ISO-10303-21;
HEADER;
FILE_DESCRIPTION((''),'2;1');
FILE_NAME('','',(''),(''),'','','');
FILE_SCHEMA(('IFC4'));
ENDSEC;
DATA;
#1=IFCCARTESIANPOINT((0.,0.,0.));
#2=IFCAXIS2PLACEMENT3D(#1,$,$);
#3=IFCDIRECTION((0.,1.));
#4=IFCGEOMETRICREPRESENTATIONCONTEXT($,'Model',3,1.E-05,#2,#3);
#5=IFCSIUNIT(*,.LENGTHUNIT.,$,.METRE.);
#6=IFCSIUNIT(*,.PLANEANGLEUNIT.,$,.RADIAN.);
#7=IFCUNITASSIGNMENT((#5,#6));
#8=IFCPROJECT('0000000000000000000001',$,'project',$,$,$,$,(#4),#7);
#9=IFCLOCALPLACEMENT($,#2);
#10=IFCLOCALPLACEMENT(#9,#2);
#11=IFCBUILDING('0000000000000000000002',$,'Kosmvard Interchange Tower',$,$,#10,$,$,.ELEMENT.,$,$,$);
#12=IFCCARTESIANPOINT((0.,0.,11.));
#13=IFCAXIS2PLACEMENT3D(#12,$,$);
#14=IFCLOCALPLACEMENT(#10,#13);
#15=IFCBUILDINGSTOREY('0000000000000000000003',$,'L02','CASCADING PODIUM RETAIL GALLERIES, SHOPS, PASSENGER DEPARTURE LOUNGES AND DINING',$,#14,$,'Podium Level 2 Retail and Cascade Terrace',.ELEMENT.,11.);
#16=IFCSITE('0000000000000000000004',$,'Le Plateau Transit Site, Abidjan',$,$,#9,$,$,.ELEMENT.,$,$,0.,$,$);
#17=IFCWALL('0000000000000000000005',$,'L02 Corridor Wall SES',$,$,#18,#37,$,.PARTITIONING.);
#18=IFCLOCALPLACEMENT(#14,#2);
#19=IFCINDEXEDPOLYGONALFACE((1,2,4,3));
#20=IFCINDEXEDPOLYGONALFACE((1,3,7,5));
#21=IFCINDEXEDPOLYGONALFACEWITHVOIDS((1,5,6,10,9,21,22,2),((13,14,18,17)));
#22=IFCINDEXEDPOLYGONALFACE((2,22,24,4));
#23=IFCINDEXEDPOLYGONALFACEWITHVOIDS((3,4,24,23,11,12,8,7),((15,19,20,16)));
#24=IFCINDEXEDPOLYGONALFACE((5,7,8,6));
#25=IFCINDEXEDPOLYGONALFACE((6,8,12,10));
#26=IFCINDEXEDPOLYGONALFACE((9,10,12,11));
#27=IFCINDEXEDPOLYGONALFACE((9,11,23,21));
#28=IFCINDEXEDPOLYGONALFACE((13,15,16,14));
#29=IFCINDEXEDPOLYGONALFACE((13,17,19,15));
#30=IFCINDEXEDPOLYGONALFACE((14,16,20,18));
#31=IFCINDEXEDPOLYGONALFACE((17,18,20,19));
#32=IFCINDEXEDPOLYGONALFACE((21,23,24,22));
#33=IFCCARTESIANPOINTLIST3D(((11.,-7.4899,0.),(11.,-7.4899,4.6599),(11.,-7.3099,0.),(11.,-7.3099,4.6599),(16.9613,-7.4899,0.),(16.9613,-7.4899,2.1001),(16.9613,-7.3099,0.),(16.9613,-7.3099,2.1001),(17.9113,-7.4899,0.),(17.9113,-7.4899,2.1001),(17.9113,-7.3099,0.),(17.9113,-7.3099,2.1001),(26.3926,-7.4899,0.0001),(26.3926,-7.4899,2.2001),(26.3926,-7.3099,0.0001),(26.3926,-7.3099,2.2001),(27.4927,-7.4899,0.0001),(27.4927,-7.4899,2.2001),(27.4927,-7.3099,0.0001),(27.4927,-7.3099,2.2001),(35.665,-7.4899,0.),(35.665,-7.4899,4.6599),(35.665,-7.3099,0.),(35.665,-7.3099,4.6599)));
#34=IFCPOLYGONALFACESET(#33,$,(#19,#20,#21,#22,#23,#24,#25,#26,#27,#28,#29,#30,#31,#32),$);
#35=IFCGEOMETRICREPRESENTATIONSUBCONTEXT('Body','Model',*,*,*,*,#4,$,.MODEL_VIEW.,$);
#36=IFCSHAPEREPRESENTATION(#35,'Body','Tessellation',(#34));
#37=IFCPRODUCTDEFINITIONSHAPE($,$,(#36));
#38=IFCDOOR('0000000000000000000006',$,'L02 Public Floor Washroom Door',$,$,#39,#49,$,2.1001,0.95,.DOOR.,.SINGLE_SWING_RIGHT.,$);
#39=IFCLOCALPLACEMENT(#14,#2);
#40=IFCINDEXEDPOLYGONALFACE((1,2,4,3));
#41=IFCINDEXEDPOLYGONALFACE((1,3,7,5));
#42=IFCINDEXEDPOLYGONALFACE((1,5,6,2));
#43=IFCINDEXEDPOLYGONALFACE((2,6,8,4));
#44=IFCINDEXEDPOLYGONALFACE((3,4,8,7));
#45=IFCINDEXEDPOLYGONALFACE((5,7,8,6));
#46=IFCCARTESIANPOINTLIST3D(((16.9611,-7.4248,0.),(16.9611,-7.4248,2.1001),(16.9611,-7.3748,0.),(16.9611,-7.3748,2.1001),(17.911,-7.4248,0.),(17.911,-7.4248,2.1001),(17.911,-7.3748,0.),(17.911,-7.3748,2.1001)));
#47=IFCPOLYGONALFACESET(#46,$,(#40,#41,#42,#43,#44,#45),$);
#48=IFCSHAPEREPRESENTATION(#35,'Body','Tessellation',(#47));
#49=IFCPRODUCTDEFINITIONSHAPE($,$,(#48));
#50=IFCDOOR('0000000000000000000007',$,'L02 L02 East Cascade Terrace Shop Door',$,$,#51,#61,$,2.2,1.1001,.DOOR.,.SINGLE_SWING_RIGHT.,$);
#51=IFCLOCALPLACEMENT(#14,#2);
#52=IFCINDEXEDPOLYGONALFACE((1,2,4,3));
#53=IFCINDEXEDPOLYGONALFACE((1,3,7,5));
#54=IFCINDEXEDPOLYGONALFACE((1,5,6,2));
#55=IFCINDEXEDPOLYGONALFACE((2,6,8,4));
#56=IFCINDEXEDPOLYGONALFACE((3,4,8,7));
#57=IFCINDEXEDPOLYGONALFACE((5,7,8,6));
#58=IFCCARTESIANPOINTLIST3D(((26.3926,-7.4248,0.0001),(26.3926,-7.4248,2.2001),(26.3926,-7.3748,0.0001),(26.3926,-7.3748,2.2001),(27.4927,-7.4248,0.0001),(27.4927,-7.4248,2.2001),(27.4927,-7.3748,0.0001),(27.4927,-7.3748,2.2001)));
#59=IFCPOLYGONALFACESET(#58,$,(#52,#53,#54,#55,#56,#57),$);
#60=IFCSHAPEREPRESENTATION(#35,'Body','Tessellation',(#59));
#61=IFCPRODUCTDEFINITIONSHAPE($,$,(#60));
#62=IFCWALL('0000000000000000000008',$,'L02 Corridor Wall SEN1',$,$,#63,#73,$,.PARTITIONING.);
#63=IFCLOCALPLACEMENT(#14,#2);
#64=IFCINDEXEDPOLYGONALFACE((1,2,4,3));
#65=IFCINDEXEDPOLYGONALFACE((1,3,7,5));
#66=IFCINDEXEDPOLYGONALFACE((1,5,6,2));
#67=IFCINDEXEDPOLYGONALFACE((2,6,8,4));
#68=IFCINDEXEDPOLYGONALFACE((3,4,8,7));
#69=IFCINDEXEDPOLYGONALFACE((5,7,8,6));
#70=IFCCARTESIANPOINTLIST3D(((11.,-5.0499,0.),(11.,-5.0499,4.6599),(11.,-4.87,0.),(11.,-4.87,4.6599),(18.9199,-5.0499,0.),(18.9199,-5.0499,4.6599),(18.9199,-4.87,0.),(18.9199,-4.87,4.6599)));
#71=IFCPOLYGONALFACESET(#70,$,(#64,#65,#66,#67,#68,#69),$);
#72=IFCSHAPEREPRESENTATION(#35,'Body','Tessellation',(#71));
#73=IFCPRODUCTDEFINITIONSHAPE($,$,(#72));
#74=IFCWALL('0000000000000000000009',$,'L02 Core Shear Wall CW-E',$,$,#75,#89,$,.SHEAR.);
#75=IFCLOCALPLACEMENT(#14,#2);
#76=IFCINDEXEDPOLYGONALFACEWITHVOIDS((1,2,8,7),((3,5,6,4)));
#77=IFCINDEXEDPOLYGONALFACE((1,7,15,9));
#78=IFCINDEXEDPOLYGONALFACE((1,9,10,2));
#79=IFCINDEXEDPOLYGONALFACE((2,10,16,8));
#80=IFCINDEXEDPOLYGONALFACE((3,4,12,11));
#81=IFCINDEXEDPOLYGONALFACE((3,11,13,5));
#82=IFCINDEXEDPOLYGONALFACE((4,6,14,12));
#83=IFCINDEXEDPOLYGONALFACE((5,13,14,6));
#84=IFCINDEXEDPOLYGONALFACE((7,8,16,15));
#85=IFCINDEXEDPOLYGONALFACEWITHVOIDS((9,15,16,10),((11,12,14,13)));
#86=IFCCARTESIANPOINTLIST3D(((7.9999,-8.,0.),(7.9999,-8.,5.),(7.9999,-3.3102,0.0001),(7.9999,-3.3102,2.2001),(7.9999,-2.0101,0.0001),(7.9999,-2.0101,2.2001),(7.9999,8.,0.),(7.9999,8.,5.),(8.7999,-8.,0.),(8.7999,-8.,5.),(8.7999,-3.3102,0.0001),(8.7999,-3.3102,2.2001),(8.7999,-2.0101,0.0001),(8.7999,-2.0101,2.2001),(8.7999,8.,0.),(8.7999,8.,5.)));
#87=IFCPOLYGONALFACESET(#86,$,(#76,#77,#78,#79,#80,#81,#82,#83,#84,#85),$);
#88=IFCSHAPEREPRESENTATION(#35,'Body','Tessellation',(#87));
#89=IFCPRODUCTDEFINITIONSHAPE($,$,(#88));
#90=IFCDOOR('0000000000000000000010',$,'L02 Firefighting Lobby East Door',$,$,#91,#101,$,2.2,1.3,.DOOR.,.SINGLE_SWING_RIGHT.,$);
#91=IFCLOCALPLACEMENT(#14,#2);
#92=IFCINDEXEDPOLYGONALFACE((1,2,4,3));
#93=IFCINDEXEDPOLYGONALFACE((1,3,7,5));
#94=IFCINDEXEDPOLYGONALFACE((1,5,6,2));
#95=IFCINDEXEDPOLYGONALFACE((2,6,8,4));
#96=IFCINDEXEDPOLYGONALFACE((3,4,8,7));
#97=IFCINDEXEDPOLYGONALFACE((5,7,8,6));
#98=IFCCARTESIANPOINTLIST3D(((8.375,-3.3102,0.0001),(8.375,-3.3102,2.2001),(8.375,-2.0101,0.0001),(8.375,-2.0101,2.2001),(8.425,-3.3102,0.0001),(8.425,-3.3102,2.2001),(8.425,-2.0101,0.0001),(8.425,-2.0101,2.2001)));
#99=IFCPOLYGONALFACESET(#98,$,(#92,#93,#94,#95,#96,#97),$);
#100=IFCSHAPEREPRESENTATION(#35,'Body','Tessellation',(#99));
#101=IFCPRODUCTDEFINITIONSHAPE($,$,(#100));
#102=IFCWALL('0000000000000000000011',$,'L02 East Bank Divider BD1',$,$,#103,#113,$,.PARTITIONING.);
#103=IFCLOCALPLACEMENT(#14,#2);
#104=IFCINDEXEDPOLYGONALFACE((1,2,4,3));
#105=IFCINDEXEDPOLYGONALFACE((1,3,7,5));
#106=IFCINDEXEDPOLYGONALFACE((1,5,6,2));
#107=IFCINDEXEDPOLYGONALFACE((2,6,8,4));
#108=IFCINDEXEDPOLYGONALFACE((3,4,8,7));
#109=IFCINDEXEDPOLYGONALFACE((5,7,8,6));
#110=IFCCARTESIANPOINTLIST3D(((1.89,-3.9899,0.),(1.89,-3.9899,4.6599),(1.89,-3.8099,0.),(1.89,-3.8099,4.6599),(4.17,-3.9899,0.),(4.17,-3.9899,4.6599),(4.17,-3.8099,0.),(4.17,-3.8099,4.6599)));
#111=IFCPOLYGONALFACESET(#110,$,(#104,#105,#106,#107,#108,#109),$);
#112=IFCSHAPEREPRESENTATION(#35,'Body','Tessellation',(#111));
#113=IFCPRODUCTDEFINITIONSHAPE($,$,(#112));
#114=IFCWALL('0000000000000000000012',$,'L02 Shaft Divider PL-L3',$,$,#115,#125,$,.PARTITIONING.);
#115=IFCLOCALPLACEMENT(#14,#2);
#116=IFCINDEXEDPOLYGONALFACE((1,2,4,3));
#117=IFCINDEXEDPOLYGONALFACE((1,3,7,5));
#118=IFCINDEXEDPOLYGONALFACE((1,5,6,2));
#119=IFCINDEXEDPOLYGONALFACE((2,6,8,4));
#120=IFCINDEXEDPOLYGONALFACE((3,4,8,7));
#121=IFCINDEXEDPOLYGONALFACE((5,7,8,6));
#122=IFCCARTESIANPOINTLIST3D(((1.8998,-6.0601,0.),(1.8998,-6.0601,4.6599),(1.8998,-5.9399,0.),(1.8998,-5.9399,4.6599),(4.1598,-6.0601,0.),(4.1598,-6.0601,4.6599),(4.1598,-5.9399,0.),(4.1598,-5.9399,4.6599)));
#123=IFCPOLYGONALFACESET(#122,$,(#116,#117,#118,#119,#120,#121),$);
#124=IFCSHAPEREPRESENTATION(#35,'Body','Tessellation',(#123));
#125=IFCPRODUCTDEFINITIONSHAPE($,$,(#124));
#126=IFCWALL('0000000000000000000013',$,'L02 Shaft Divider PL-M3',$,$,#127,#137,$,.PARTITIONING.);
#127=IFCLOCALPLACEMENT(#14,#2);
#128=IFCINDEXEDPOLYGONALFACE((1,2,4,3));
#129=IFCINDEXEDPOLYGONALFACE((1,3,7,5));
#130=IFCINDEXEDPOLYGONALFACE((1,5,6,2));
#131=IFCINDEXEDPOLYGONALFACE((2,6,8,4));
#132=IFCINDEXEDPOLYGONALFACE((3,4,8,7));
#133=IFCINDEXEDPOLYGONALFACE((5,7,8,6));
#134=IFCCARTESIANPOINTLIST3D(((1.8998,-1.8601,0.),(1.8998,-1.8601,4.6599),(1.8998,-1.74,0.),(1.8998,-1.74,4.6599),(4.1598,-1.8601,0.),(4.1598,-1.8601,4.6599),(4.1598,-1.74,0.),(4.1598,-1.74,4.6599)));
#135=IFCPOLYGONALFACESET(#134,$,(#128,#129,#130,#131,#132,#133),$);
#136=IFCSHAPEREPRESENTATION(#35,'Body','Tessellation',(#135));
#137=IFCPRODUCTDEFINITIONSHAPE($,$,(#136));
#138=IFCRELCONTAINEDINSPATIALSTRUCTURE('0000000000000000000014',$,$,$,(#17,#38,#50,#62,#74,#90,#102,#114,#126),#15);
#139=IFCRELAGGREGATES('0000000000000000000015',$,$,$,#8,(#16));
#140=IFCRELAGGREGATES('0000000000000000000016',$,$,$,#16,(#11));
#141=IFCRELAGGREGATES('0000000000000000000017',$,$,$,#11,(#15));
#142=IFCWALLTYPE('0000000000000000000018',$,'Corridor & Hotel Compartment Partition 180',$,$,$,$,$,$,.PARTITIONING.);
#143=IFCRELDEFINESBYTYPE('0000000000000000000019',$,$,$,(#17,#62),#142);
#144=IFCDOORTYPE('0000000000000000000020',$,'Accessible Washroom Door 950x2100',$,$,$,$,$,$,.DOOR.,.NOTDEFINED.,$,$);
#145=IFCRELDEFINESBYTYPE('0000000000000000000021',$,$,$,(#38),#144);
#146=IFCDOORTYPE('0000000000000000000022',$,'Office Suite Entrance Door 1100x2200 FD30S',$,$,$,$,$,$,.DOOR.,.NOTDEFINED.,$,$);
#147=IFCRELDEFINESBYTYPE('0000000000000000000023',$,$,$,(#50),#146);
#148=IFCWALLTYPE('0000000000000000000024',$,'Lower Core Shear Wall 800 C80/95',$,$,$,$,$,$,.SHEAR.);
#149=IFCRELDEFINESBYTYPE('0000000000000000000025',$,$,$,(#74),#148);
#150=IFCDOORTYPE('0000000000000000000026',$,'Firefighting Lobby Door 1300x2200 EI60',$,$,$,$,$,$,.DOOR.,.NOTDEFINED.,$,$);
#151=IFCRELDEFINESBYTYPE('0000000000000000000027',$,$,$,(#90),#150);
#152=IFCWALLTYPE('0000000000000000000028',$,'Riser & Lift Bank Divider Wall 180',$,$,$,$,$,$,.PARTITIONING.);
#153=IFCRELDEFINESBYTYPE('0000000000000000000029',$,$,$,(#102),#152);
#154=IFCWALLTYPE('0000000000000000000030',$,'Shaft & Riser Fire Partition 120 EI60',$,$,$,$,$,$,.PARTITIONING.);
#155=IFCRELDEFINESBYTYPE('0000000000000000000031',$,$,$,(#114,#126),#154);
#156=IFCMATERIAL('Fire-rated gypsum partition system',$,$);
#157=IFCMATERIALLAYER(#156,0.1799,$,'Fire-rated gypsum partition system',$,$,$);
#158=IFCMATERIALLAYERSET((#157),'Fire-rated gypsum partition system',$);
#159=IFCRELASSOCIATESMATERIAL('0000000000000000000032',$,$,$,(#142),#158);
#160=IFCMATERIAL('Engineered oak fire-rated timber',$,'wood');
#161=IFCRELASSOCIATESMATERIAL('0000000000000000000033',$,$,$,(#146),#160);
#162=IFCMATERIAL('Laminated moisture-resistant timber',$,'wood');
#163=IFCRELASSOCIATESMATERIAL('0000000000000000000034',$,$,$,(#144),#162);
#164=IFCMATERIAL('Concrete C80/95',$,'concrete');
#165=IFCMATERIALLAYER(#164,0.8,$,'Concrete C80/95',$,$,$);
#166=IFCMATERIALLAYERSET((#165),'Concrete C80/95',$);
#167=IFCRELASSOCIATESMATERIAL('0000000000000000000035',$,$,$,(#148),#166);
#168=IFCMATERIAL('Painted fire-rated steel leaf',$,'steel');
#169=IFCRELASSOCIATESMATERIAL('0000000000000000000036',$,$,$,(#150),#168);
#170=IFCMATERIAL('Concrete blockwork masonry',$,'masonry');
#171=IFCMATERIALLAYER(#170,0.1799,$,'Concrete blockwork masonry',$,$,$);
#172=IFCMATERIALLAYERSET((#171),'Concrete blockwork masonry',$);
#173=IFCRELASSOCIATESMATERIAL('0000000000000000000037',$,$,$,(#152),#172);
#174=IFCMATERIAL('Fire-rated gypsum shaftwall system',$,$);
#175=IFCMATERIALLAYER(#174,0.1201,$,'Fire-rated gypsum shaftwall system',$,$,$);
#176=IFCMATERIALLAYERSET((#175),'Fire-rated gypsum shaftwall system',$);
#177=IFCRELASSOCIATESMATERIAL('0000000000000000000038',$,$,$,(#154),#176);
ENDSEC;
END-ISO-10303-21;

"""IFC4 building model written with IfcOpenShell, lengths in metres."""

from ifc_helpers import new_model, si_unit, direction, frame, frame_2d, origin, place, context, subcontext, project, spatial, rectangle, extrude, source, transform, mapped, material, layer, layer_set, type_object, element, fill, save


model = new_model("IFC4")

# Units and contexts
model_context = context("Model", 3, precision=1e-05, world=origin(), true_north=direction((0.0, 1.0)))
body_context = subcontext(model_context, "Body", "Model", "MODEL_VIEW")
ifc_project = project(units=[si_unit("LENGTHUNIT", "METRE"), si_unit("PLANEANGLEUNIT", "RADIAN")], contexts=[model_context])

# Site, building, storey
site_placement = place(None, origin())
site = spatial("IfcSite", under=ifc_project, at=site_placement, Name="Le Plateau Transit Site, Abidjan", CompositionType="ELEMENT", RefElevation=0.0)
building_placement = place(site_placement, origin())
building = spatial("IfcBuilding", under=site, at=building_placement, Name="Kosmvard Interchange Tower", CompositionType="ELEMENT")
storey_placement = place(building_placement, frame((0.0, 0.0, 11.0)))
storey = spatial("IfcBuildingStorey", under=building, at=storey_placement, Name="L02", Description="CASCADING PODIUM RETAIL GALLERIES, SHOPS, PASSENGER DEPARTURE LOUNGES AND DINING", LongName="Podium Level 2 Retail and Cascade Terrace", CompositionType="ELEMENT", Elevation=11.0)

# Shared definitions
ifc_material_1 = material(Name="Fire-rated gypsum partition system")
ifc_layer_1 = layer(ifc_material_1, 0.1799, Name="Fire-rated gypsum partition system")
ifc_layer_set_1 = layer_set([ifc_layer_1], Name="Fire-rated gypsum partition system")
wall_type_1 = type_object("IfcWallType", Name="Corridor & Hotel Compartment Partition 180", PredefinedType="PARTITIONING", material=ifc_layer_set_1)
shared_shape_1 = source(origin(), body_context, "Body", "SweptSolid", [
    extrude(rectangle(XDim=1.1001, YDim=2.2, at=frame_2d((0.55, 1.1001))), frame((0.0, 0.0249, 0.0), z_axis=(0.0, -1.0, 0.0), x_axis=(1.0, 0.0, 0.0)), (0.0, 0.0, 1.0), 0.05),
])

# Shared definitions
ifc_material_2 = material(Name="Engineered oak fire-rated timber", Category="wood")
door_type_1 = type_object("IfcDoorType", Name="Office Suite Entrance Door 1100x2200 FD30S", OperationType="NOTDEFINED", PredefinedType="DOOR", material=ifc_material_2)

# Wall, openings, doors
wall_1_placement = place(storey_placement, frame((11.0, -7.3999, 0.0), z_axis=(0.0, 0.0, 1.0), x_axis=(1.0, 0.0, 0.0)))
wall_1 = element("IfcWall", 1, at=wall_1_placement, inside=storey, type_object=wall_type_1, Name="L02 Corridor Wall SES", PredefinedType="PARTITIONING", context=body_context, shape_type="SweptSolid", body=[
    extrude(rectangle(XDim=24.665, YDim=0.1799, at=frame_2d((12.3325, 0.0))), origin(), (0.0, 0.0, 1.0), 4.6599),
])
opening_1_placement = place(wall_1_placement, frame((5.9612, 0.0, 0.0)))
opening_1 = element("IfcOpeningElement", 2, at=opening_1_placement, cuts=wall_1, PredefinedType="OPENING", context=body_context, shape_type="SweptSolid", body=[
    extrude(rectangle(XDim=0.95, YDim=2.1001, at=frame_2d((0.4751, 1.05))), frame((0.0, 0.1001, 0.0), z_axis=(0.0, -1.0, 0.0), x_axis=(1.0, 0.0, 0.0)), (0.0, 0.0, 1.0), 0.2),
])
opening_2_placement = place(wall_1_placement, frame((15.3926, 0.0, 0.0)))
opening_2 = element("IfcOpeningElement", 3, at=opening_2_placement, cuts=wall_1, PredefinedType="OPENING", context=body_context, shape_type="SweptSolid", body=[
    extrude(rectangle(XDim=1.1001, YDim=2.2, at=frame_2d((0.55, 1.1001))), frame((0.0, 0.1001, 0.0), z_axis=(0.0, -1.0, 0.0), x_axis=(1.0, 0.0, 0.0)), (0.0, 0.0, 1.0), 0.2),
])
ifc_material_3 = material(Name="Laminated moisture-resistant timber", Category="wood")
door_type_2 = type_object("IfcDoorType", Name="Accessible Washroom Door 950x2100", OperationType="NOTDEFINED", PredefinedType="DOOR", material=ifc_material_3)
shared_shape_2 = source(origin(), body_context, "Body", "SweptSolid", [
    extrude(rectangle(XDim=0.95, YDim=2.1001, at=frame_2d((0.4751, 1.05))), frame((0.0, 0.0249, 0.0), z_axis=(0.0, -1.0, 0.0), x_axis=(1.0, 0.0, 0.0)), (0.0, 0.0, 1.0), 0.05),
])
door_1_placement = place(opening_1_placement, frame((0.95, 0.0, 0.0), z_axis=(0.0, 0.0, 1.0), x_axis=(-1.0, 0.0, 0.0)))
door_1 = element("IfcDoor", 4, at=door_1_placement, inside=storey, type_object=door_type_2, Name="L02 Public Floor Washroom Door", OperationType="SINGLE_SWING_RIGHT", OverallHeight=2.1001, OverallWidth=0.95, PredefinedType="DOOR", context=body_context, shape_type="MappedRepresentation", body=[
    mapped(shared_shape_2, transform((0.0, 0.0, 0.0), scale=1.0)),
])
fill(opening_1, door_1)
door_2_placement = place(opening_2_placement, frame((1.1001, 0.0, 0.0), z_axis=(0.0, 0.0, 1.0), x_axis=(-1.0, 0.0, 0.0)))
door_2 = element("IfcDoor", 5, at=door_2_placement, inside=storey, type_object=door_type_1, Name="L02 L02 East Cascade Terrace Shop Door", OperationType="SINGLE_SWING_RIGHT", OverallHeight=2.2, OverallWidth=1.1001, PredefinedType="DOOR", context=body_context, shape_type="MappedRepresentation", body=[
    mapped(shared_shape_1, transform((0.0, 0.0, 0.0), scale=1.0)),
])
fill(opening_2, door_2)

# Wall
wall_2_placement = place(storey_placement, frame((11.0, -4.96, 0.0), z_axis=(0.0, 0.0, 1.0), x_axis=(1.0, 0.0, 0.0)))
element("IfcWall", 6, at=wall_2_placement, inside=storey, type_object=wall_type_1, Name="L02 Corridor Wall SEN1", PredefinedType="PARTITIONING", context=body_context, shape_type="SweptSolid", body=[
    extrude(rectangle(XDim=7.9199, YDim=0.1799, at=frame_2d((3.96, 0.0))), origin(), (0.0, 0.0, 1.0), 4.6599),
])

# Wall, opening, door
ifc_material_4 = material(Name="Concrete C80/95", Category="concrete")
ifc_layer_2 = layer(ifc_material_4, 0.8, Name="Concrete C80/95")
ifc_layer_set_2 = layer_set([ifc_layer_2], Name="Concrete C80/95")
wall_type_2 = type_object("IfcWallType", Name="Lower Core Shear Wall 800 C80/95", PredefinedType="SHEAR", material=ifc_layer_set_2)
wall_3_placement = place(storey_placement, frame((8.3999, -8.0, 0.0), z_axis=(0.0, 0.0, 1.0), x_axis=(0.0, 1.0, 0.0)))
wall_3 = element("IfcWall", 7, at=wall_3_placement, inside=storey, type_object=wall_type_2, Name="L02 Core Shear Wall CW-E", PredefinedType="SHEAR", context=body_context, shape_type="SweptSolid", body=[
    extrude(rectangle(XDim=16.0, YDim=0.8, at=frame_2d((8.0, 0.0))), origin(), (0.0, 0.0, 1.0), 5.0),
])
opening_3_placement = place(wall_3_placement, frame((4.6899, 0.0, 0.0)))
opening_3 = element("IfcOpeningElement", 8, at=opening_3_placement, cuts=wall_3, PredefinedType="OPENING", context=body_context, shape_type="SweptSolid", body=[
    extrude(rectangle(XDim=1.3, YDim=2.2, at=frame_2d((0.6499, 1.1001))), frame((0.0, 0.4102, 0.0), z_axis=(0.0, -1.0, 0.0), x_axis=(1.0, 0.0, 0.0)), (0.0, 0.0, 1.0), 0.8201),
])
ifc_material_5 = material(Name="Painted fire-rated steel leaf", Category="steel")
door_type_3 = type_object("IfcDoorType", Name="Firefighting Lobby Door 1300x2200 EI60", OperationType="NOTDEFINED", PredefinedType="DOOR", material=ifc_material_5)
shared_shape_3 = source(origin(), body_context, "Body", "SweptSolid", [
    extrude(rectangle(XDim=1.3, YDim=2.2, at=frame_2d((0.6499, 1.1001))), frame((0.0, 0.0249, 0.0), z_axis=(0.0, -1.0, 0.0), x_axis=(1.0, 0.0, 0.0)), (0.0, 0.0, 1.0), 0.05),
])
door_3_placement = place(opening_3_placement, origin())
door_3 = element("IfcDoor", 9, at=door_3_placement, inside=storey, type_object=door_type_3, Name="L02 Firefighting Lobby East Door", OperationType="SINGLE_SWING_RIGHT", OverallHeight=2.2, OverallWidth=1.3, PredefinedType="DOOR", context=body_context, shape_type="MappedRepresentation", body=[
    mapped(shared_shape_3, transform((0.0, 0.0, 0.0), scale=1.0)),
])
fill(opening_3, door_3)

# Walls
ifc_material_6 = material(Name="Concrete blockwork masonry", Category="masonry")
ifc_layer_3 = layer(ifc_material_6, 0.1799, Name="Concrete blockwork masonry")
ifc_layer_set_3 = layer_set([ifc_layer_3], Name="Concrete blockwork masonry")
wall_type_3 = type_object("IfcWallType", Name="Riser & Lift Bank Divider Wall 180", PredefinedType="PARTITIONING", material=ifc_layer_set_3)
wall_4_placement = place(storey_placement, frame((1.8899, -3.8999, 0.0), z_axis=(0.0, 0.0, 1.0), x_axis=(1.0, 0.0, 0.0)))
element("IfcWall", 10, at=wall_4_placement, inside=storey, type_object=wall_type_3, Name="L02 East Bank Divider BD1", PredefinedType="PARTITIONING", context=body_context, shape_type="SweptSolid", body=[
    extrude(rectangle(XDim=2.28, YDim=0.1799, at=frame_2d((1.1401, 0.0))), origin(), (0.0, 0.0, 1.0), 4.6599),
])
ifc_material_7 = material(Name="Fire-rated gypsum shaftwall system")
ifc_layer_4 = layer(ifc_material_7, 0.1201, Name="Fire-rated gypsum shaftwall system")
ifc_layer_set_4 = layer_set([ifc_layer_4], Name="Fire-rated gypsum shaftwall system")
wall_type_4 = type_object("IfcWallType", Name="Shaft & Riser Fire Partition 120 EI60", PredefinedType="PARTITIONING", material=ifc_layer_set_4)
for number, where, z_axis, x_axis, name in (
    (11, (1.8999, -6.0, 0.0), (0.0, 0.0, 1.0), (1.0, 0.0, 0.0), "L02 Shaft Divider PL-L3"),
    (12, (1.8999, -1.8, 0.0), (0.0, 0.0, 1.0), (1.0, 0.0, 0.0), "L02 Shaft Divider PL-M3"),
):
    element("IfcWall", number, at=place(storey_placement, frame(where, z_axis=z_axis, x_axis=x_axis)), inside=storey, type_object=wall_type_4, Name=name, PredefinedType="PARTITIONING", context=body_context, shape_type="SweptSolid", body=[
        extrude(rectangle(XDim=2.26, YDim=0.1201, at=frame_2d((1.1299, 0.0))), origin(), (0.0, 0.0, 1.0), 4.6599),
    ])

save(model, "model.ifc")
